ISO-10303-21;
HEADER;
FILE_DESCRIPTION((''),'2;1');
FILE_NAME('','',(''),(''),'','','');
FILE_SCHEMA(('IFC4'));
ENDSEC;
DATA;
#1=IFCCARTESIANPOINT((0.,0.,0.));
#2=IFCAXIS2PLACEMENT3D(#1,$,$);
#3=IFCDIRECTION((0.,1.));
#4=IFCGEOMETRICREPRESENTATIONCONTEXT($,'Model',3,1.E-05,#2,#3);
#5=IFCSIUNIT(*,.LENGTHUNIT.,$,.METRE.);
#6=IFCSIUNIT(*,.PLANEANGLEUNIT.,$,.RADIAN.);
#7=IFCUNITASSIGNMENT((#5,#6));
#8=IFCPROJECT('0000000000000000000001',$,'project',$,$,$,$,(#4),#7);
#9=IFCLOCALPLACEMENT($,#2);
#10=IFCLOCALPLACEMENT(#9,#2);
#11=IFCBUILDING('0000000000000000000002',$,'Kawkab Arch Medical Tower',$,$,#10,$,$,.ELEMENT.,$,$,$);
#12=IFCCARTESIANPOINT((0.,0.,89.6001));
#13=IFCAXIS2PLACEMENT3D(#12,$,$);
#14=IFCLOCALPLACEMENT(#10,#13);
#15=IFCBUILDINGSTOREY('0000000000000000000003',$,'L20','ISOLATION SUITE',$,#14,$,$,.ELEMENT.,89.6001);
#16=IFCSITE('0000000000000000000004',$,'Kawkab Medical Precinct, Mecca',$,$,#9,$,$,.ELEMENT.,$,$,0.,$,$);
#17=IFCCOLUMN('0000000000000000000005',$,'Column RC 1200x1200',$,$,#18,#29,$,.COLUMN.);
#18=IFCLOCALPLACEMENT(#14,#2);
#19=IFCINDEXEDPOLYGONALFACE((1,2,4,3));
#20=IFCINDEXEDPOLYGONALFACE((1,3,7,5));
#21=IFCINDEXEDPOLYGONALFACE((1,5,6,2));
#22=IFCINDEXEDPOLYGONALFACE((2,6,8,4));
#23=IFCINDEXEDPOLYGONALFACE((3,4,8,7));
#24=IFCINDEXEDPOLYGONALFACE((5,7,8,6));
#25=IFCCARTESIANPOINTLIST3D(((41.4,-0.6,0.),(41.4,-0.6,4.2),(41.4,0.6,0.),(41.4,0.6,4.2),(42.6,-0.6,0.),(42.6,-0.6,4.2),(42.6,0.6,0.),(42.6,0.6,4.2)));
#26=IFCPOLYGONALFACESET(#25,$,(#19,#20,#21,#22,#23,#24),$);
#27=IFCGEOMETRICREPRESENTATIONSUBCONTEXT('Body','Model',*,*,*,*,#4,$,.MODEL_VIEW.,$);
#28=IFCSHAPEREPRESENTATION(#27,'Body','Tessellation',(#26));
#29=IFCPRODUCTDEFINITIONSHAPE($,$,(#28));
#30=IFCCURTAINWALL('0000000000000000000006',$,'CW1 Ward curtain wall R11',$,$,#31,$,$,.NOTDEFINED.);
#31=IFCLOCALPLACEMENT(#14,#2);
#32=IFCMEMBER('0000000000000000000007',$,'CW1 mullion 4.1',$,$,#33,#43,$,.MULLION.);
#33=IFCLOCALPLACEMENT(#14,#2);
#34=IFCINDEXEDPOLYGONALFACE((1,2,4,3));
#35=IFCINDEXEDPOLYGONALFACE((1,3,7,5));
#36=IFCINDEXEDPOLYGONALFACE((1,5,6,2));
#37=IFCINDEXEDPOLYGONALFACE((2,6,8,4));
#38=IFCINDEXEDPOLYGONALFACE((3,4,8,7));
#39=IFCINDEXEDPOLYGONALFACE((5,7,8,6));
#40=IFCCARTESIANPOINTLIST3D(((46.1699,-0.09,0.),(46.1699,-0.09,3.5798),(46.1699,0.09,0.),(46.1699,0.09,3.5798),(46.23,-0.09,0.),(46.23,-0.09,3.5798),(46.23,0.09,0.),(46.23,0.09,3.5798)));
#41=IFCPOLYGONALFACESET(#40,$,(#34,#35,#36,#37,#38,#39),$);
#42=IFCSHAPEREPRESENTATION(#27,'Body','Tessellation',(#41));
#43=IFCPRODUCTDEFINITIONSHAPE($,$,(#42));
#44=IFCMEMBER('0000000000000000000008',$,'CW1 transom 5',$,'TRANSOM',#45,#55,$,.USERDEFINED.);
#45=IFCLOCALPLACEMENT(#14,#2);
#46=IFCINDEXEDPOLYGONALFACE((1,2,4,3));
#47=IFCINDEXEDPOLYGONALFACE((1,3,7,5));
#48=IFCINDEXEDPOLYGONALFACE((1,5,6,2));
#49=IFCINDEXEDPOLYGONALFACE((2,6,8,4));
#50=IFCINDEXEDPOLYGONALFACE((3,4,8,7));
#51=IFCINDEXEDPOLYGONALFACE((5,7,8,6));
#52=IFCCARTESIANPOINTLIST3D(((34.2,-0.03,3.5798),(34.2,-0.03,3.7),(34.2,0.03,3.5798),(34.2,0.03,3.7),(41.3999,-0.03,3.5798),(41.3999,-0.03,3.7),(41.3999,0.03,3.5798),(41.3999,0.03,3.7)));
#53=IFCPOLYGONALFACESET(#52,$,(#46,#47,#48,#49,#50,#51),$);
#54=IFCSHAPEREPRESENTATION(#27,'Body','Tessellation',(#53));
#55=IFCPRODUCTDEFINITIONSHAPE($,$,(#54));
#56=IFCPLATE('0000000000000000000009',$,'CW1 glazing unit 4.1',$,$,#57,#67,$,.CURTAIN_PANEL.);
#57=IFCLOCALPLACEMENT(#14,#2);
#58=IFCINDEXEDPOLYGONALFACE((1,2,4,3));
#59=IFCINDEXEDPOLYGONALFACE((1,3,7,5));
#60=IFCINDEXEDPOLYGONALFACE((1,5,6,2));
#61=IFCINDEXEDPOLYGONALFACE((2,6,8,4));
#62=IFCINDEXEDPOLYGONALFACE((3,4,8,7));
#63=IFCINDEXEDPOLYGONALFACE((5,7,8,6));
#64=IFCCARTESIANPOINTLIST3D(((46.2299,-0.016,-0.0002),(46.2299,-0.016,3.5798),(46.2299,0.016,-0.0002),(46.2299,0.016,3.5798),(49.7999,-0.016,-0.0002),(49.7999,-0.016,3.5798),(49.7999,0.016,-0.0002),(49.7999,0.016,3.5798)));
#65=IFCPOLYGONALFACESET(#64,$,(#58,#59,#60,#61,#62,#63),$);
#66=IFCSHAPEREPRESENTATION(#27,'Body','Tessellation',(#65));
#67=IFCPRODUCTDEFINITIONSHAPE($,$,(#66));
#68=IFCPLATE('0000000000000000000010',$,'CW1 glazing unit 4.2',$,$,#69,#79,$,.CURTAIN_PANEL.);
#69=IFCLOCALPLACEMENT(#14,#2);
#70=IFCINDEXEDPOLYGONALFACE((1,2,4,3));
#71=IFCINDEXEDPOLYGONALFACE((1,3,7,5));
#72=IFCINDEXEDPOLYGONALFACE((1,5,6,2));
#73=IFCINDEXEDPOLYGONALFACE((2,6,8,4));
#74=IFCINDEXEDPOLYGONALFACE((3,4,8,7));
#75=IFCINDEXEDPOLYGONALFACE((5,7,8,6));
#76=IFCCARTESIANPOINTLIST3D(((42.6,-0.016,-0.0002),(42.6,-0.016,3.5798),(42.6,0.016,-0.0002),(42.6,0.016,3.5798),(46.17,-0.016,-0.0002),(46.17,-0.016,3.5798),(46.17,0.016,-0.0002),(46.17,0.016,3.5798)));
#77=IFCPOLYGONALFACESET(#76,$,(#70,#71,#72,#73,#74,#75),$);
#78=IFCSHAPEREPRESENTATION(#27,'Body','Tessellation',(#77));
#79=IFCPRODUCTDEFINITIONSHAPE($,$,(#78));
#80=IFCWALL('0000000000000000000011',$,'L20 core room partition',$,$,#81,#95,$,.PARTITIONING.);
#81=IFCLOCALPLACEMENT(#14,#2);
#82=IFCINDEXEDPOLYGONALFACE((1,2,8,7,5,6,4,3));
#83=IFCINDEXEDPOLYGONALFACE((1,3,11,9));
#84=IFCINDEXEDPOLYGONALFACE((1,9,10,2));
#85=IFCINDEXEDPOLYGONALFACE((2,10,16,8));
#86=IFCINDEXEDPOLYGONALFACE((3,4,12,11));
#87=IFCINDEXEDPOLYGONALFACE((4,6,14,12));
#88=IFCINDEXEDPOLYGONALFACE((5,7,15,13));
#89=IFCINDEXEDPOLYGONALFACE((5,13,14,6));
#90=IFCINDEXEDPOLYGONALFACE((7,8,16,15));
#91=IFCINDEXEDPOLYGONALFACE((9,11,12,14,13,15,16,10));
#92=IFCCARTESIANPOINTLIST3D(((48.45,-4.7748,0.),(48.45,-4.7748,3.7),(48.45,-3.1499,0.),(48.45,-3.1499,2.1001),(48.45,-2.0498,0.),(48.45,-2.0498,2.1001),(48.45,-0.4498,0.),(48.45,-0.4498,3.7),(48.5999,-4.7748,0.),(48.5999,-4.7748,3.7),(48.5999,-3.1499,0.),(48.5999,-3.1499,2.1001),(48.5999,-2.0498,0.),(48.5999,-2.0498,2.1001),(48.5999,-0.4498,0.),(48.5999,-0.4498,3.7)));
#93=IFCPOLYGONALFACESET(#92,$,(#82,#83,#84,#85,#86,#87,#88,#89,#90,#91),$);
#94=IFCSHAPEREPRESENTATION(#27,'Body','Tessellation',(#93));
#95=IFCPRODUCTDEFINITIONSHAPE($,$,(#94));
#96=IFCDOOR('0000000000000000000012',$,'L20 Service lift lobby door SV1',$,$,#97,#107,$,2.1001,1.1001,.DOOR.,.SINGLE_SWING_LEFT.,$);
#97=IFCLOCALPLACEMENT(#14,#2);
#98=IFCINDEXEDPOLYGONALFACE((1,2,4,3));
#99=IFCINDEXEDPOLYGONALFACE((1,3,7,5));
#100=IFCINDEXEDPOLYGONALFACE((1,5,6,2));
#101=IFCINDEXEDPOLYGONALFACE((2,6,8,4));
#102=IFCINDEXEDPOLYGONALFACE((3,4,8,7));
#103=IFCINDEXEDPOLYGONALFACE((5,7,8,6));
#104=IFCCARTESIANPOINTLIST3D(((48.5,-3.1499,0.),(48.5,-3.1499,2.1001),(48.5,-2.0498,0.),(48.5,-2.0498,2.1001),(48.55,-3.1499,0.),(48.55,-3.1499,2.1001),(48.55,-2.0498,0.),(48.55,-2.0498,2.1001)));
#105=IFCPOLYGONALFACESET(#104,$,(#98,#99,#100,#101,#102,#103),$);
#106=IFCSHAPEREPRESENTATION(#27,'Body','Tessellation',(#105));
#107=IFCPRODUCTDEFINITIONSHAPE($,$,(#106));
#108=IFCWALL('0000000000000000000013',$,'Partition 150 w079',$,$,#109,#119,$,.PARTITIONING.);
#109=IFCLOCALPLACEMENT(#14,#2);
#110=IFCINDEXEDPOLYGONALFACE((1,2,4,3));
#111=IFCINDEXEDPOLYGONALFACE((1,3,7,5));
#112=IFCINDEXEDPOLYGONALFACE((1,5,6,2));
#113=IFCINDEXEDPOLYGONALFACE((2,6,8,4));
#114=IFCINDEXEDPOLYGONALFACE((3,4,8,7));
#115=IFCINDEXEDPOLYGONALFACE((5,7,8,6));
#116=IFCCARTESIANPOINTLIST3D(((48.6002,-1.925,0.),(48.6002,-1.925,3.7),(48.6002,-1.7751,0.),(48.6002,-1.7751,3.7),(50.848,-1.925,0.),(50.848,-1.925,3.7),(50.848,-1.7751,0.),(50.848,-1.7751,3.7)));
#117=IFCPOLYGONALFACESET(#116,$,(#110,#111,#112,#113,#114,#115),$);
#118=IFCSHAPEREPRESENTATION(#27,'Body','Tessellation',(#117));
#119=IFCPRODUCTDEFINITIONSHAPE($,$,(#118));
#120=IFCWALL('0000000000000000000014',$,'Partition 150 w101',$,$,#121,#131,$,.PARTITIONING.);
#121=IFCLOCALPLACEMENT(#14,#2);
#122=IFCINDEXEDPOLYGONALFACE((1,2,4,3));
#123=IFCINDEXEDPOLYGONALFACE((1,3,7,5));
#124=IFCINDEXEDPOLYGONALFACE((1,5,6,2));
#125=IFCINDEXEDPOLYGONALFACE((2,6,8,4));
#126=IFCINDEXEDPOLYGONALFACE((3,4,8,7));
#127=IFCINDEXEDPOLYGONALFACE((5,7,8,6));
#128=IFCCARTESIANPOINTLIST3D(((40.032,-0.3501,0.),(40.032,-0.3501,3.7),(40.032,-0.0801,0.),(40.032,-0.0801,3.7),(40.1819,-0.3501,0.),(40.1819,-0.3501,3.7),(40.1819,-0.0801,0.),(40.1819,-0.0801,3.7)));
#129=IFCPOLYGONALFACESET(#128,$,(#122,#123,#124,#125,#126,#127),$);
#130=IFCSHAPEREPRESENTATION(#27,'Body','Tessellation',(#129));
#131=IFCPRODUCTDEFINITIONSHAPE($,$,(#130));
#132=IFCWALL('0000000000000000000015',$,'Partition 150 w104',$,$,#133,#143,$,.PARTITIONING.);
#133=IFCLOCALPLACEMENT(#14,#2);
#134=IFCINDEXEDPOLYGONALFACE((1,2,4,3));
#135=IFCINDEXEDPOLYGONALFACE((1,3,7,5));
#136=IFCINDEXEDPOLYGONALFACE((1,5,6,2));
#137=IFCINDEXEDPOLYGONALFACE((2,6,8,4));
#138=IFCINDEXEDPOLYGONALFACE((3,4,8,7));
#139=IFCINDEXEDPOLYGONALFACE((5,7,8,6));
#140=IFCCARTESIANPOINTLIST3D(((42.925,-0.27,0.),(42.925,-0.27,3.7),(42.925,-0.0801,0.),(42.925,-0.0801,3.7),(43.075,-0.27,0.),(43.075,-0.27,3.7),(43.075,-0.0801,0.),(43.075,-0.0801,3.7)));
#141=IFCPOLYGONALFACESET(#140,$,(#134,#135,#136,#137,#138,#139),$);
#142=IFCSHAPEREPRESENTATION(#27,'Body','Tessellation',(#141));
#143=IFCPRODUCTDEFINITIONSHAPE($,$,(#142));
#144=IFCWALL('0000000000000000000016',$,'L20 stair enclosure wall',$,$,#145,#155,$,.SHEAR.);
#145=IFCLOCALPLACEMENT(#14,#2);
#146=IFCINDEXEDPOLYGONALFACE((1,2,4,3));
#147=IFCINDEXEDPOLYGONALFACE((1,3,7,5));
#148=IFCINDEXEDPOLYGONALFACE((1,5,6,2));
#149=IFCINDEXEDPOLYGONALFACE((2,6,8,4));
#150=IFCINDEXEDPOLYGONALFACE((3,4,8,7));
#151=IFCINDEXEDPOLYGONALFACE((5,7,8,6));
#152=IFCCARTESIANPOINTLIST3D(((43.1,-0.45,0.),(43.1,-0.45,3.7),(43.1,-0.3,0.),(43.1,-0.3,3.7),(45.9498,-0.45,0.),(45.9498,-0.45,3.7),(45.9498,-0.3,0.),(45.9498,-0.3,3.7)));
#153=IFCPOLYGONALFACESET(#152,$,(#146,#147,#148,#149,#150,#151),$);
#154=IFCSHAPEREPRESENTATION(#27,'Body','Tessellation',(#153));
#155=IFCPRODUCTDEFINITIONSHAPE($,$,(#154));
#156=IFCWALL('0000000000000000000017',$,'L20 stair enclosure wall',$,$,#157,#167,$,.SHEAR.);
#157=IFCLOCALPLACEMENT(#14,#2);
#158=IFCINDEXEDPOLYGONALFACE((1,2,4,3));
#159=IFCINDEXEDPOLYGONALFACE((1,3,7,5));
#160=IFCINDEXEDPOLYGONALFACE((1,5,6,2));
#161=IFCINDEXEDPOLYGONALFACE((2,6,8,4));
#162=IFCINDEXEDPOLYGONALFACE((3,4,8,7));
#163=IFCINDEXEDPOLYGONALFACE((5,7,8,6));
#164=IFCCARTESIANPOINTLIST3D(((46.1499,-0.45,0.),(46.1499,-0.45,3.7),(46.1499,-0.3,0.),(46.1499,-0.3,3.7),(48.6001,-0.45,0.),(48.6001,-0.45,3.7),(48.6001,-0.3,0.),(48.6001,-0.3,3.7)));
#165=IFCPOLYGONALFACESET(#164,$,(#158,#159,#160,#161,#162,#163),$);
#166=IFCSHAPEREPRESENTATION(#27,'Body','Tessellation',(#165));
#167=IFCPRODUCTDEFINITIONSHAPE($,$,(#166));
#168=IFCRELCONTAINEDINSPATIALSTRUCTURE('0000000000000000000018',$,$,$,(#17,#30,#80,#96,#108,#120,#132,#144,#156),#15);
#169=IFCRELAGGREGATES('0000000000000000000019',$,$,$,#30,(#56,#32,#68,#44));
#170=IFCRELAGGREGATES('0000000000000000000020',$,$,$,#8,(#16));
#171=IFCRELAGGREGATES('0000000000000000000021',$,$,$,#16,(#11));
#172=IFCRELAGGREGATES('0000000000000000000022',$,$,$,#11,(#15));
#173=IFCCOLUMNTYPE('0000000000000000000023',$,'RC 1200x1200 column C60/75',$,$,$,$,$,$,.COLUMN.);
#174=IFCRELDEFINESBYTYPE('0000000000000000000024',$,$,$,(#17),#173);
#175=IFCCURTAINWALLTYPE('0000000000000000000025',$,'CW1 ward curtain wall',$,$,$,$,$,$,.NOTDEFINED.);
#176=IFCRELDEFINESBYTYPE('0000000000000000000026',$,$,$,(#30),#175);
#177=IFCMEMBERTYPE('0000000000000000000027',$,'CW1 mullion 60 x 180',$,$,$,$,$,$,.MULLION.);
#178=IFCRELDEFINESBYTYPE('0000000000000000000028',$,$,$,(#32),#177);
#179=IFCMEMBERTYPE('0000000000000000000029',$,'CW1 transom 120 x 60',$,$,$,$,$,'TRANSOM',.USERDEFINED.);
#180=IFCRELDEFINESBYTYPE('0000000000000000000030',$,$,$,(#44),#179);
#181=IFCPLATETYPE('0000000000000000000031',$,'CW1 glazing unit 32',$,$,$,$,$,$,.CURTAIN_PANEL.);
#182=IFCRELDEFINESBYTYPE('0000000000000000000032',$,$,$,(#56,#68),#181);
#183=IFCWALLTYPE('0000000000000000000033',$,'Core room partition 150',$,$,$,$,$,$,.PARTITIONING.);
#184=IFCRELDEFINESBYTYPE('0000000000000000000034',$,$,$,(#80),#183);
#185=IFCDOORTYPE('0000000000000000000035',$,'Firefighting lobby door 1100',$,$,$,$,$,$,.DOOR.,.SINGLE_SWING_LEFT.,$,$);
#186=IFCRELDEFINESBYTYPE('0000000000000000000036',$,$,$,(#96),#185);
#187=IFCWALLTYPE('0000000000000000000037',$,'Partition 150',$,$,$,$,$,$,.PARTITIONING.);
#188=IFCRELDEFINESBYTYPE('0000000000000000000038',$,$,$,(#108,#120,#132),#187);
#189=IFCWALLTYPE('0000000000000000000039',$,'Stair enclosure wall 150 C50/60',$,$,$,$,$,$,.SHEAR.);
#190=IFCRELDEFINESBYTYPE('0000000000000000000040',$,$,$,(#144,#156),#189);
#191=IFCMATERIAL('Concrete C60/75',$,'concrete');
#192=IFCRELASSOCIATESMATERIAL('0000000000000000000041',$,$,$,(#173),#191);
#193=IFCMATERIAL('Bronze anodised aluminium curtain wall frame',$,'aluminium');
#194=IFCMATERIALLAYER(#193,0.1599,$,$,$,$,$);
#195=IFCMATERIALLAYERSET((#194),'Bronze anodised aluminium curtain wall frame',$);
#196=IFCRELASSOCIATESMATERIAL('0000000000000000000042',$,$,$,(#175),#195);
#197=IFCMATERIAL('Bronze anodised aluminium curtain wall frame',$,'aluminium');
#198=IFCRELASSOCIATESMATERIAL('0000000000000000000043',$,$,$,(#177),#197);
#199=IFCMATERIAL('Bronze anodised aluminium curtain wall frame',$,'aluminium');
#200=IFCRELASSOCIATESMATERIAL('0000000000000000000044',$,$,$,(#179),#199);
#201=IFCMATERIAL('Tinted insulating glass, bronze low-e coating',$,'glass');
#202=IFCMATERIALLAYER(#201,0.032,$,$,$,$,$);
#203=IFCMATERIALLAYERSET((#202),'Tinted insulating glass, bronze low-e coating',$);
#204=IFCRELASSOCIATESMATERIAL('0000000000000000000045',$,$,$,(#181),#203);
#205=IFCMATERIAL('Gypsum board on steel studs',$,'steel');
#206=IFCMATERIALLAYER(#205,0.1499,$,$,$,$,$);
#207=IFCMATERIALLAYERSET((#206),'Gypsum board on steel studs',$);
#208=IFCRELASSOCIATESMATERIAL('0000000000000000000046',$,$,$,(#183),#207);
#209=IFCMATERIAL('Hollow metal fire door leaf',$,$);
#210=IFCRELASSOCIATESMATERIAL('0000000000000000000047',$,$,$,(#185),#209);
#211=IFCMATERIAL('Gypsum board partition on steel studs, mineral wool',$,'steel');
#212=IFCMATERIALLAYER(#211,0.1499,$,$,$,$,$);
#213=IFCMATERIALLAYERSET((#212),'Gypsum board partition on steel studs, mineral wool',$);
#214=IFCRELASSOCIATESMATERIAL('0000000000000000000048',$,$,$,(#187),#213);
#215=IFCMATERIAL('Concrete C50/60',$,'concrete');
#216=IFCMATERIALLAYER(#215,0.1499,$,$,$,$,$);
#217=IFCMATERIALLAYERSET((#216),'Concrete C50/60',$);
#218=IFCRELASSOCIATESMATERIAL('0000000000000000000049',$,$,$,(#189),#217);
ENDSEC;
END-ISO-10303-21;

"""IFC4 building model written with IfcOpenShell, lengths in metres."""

from ifc_helpers import new_model, si_unit, direction, frame, frame_2d, origin, origin_2d, place, context, subcontext, project, spatial, rectangle, extrude, material, layer, layer_set, material_profile, profile_set, type_object, element, fill, aggregate, save


model = new_model("IFC4")

# Units and contexts
model_context = context("Model", 3, precision=1e-05, world=origin(), true_north=direction((0.0, 1.0)))
body_context = subcontext(model_context, "Body", "Model", "MODEL_VIEW")
ifc_project = project(units=[si_unit("LENGTHUNIT", "METRE"), si_unit("PLANEANGLEUNIT", "RADIAN")], contexts=[model_context])

# Site, building, storey
site_placement = place(None, origin())
site = spatial("IfcSite", under=ifc_project, at=site_placement, Name="Kawkab Medical Precinct, Mecca", CompositionType="ELEMENT", RefElevation=0.0)
building_placement = place(site_placement, origin())
building = spatial("IfcBuilding", under=site, at=building_placement, Name="Kawkab Arch Medical Tower", CompositionType="ELEMENT")
storey_placement = place(building_placement, frame((0.0, 0.0, 89.6001)))
storey = spatial("IfcBuildingStorey", under=building, at=storey_placement, Name="L20", Description="ISOLATION SUITE", CompositionType="ELEMENT", Elevation=89.6001)

# Column
ifc_material_1 = material(Name="Concrete C60/75", Category="concrete")
ifc_material_profile_1 = material_profile(ifc_material_1, rectangle(XDim=1.2, YDim=1.2, at=origin_2d()), Name="RC 1200x1200")
ifc_profile_set_1 = profile_set([ifc_material_profile_1], Name="Concrete C60/75")
column_type = type_object("IfcColumnType", Name="RC 1200x1200 column C60/75", PredefinedType="COLUMN", material=ifc_profile_set_1)
column_placement = place(storey_placement, frame((42.0, 0.0, 0.0), z_axis=(0.0, 0.0, 1.0), x_axis=(1.0, 0.0, 0.0)))
element("IfcColumn", 1, at=column_placement, inside=storey, type_object=column_type, Name="Column RC 1200x1200", PredefinedType="COLUMN", context=body_context, shape_type="SweptSolid", body=[
    extrude(rectangle(XDim=1.2, YDim=1.2, at=origin_2d()), origin(), (0.0, 0.0, 1.0), 4.2),
])

# Curtain wall, members, plates
ifc_material_2 = material(Name="Bronze anodised aluminium curtain wall frame", Category="aluminium")
ifc_layer_1 = layer(ifc_material_2, 0.1599)
ifc_layer_set_1 = layer_set([ifc_layer_1], Name="Bronze anodised aluminium curtain wall frame")
curtain_wall_type = type_object("IfcCurtainWallType", Name="CW1 ward curtain wall", PredefinedType="NOTDEFINED", material=ifc_layer_set_1)
placement = place(storey_placement, origin())
curtain_wall = element("IfcCurtainWall", 2, at=placement, inside=storey, type_object=curtain_wall_type, Name="CW1 Ward curtain wall R11", PredefinedType="NOTDEFINED")
ifc_material_3 = material(Name="Bronze anodised aluminium curtain wall frame", Category="aluminium")
ifc_material_profile_2 = material_profile(ifc_material_3, rectangle(XDim=0.1799, YDim=0.0601, at=origin_2d()), Name="AL 60x180")
ifc_profile_set_2 = profile_set([ifc_material_profile_2], Name="Bronze anodised aluminium curtain wall frame")
member_type_1 = type_object("IfcMemberType", Name="CW1 mullion 60 x 180", PredefinedType="MULLION", material=ifc_profile_set_2)
member_1_placement = place(storey_placement, frame((46.2, 0.0, 0.0), z_axis=(0.0, 0.0, 1.0), x_axis=(0.0, -1.0, 0.0)))
member_1 = element("IfcMember", 3, at=member_1_placement, type_object=member_type_1, Name="CW1 mullion 4.1", PredefinedType="MULLION", context=body_context, shape_type="SweptSolid", body=[
    extrude(rectangle(XDim=0.1799, YDim=0.0601, at=origin_2d()), origin(), (0.0, 0.0, 1.0), 3.5798),
])
ifc_material_4 = material(Name="Bronze anodised aluminium curtain wall frame", Category="aluminium")
ifc_material_profile_3 = material_profile(ifc_material_4, rectangle(XDim=0.0601, YDim=0.1201, at=origin_2d()), Name="AL 60x120")
ifc_profile_set_3 = profile_set([ifc_material_profile_3], Name="Bronze anodised aluminium curtain wall frame")
member_type_2 = type_object("IfcMemberType", Name="CW1 transom 120 x 60", ElementType="TRANSOM", PredefinedType="USERDEFINED", material=ifc_profile_set_3)
member_2_placement = place(storey_placement, frame((41.3999, 0.0, 3.6399), z_axis=(-1.0, 0.0, 0.0), x_axis=(0.0, -1.0, 0.0)))
member_2 = element("IfcMember", 4, at=member_2_placement, type_object=member_type_2, Name="CW1 transom 5", ObjectType="TRANSOM", PredefinedType="USERDEFINED", context=body_context, shape_type="SweptSolid", body=[
    extrude(rectangle(XDim=0.0601, YDim=0.1201, at=origin_2d()), origin(), (0.0, 0.0, 1.0), 7.2),
])
ifc_material_5 = material(Name="Tinted insulating glass, bronze low-e coating", Category="glass")
ifc_layer_2 = layer(ifc_material_5, 0.032)
ifc_layer_set_2 = layer_set([ifc_layer_2], Name="Tinted insulating glass, bronze low-e coating")
plate_type = type_object("IfcPlateType", Name="CW1 glazing unit 32", PredefinedType="CURTAIN_PANEL", material=ifc_layer_set_2)
plate_1_placement = place(storey_placement, frame((48.0149, 0.0, -0.0002), z_axis=(0.0, 0.0, 1.0), x_axis=(-1.0, 0.0, 0.0)))
plate_1 = element("IfcPlate", 5, at=plate_1_placement, type_object=plate_type, Name="CW1 glazing unit 4.1", PredefinedType="CURTAIN_PANEL", context=body_context, shape_type="SweptSolid", body=[
    extrude(rectangle(XDim=3.5701, YDim=0.032, at=origin_2d()), origin(), (0.0, 0.0, 1.0), 3.5801),
])
plate_2_placement = place(storey_placement, frame((44.385, 0.0, -0.0002), z_axis=(0.0, 0.0, 1.0), x_axis=(-1.0, 0.0, 0.0)))
plate_2 = element("IfcPlate", 6, at=plate_2_placement, type_object=plate_type, Name="CW1 glazing unit 4.2", PredefinedType="CURTAIN_PANEL", context=body_context, shape_type="SweptSolid", body=[
    extrude(rectangle(XDim=3.5701, YDim=0.032, at=origin_2d()), origin(), (0.0, 0.0, 1.0), 3.5801),
])
aggregate(curtain_wall, [plate_1, member_1, plate_2, member_2])

# Wall, opening, door
ifc_material_6 = material(Name="Gypsum board on steel studs", Category="steel")
ifc_layer_3 = layer(ifc_material_6, 0.1499)
ifc_layer_set_3 = layer_set([ifc_layer_3], Name="Gypsum board on steel studs")
wall_type_1 = type_object("IfcWallType", Name="Core room partition 150", PredefinedType="PARTITIONING", material=ifc_layer_set_3)
wall_1_placement = place(storey_placement, frame((48.5249, -4.7749, 0.0), z_axis=(0.0, 0.0, 1.0), x_axis=(0.0, 1.0, 0.0)))
wall_1 = element("IfcWall", 7, at=wall_1_placement, inside=storey, type_object=wall_type_1, Name="L20 core room partition", PredefinedType="PARTITIONING", context=body_context, shape_type="SweptSolid", body=[
    extrude(rectangle(XDim=4.325, YDim=0.1499, at=frame_2d((2.1626, 0.0))), origin(), (0.0, 0.0, 1.0), 3.7),
])
opening_placement = place(wall_1_placement, frame((1.625, 0.0, 0.0)))
opening = element("IfcOpeningElement", 8, at=opening_placement, cuts=wall_1, PredefinedType="OPENING", context=body_context, shape_type="SweptSolid", body=[
    extrude(rectangle(XDim=1.1001, YDim=2.1001, at=frame_2d((0.55, 1.05))), frame((0.0, 0.085, 0.0), z_axis=(0.0, -1.0, 0.0), x_axis=(1.0, 0.0, 0.0)), (0.0, 0.0, 1.0), 0.1699),
])
ifc_material_7 = material(Name="Hollow metal fire door leaf")
door_type = type_object("IfcDoorType", Name="Firefighting lobby door 1100", OperationType="SINGLE_SWING_LEFT", PredefinedType="DOOR", material=ifc_material_7)
door_placement = place(opening_placement, origin())
door = element("IfcDoor", 9, at=door_placement, inside=storey, type_object=door_type, Name="L20 Service lift lobby door SV1", OperationType="SINGLE_SWING_LEFT", OverallHeight=2.1001, OverallWidth=1.1001, PredefinedType="DOOR", context=body_context, shape_type="SweptSolid", body=[
    extrude(rectangle(XDim=1.1001, YDim=2.1001, at=frame_2d((0.55, 1.05))), frame((0.0, 0.0249, 0.0), z_axis=(0.0, -1.0, 0.0), x_axis=(1.0, 0.0, 0.0)), (0.0, 0.0, 1.0), 0.05),
])
fill(opening, door)

# Walls
ifc_material_8 = material(Name="Gypsum board partition on steel studs, mineral wool", Category="steel")
ifc_layer_4 = layer(ifc_material_8, 0.1499)
ifc_layer_set_4 = layer_set([ifc_layer_4], Name="Gypsum board partition on steel studs, mineral wool")
wall_type_2 = type_object("IfcWallType", Name="Partition 150", PredefinedType="PARTITIONING", material=ifc_layer_set_4)
wall_2_placement = place(storey_placement, frame((48.6001, -1.8501, 0.0), z_axis=(0.0, 0.0, 1.0), x_axis=(1.0, 0.0, 0.0)))
element("IfcWall", 10, at=wall_2_placement, inside=storey, type_object=wall_type_2, Name="Partition 150 w079", PredefinedType="PARTITIONING", context=body_context, shape_type="SweptSolid", body=[
    extrude(rectangle(XDim=2.2478, YDim=0.1499, at=frame_2d((1.124, 0.0))), origin(), (0.0, 0.0, 1.0), 3.7),
])
wall_3_placement = place(storey_placement, frame((40.1069, -0.3501, 0.0), z_axis=(0.0, 0.0, 1.0), x_axis=(0.0, 1.0, 0.0)))
element("IfcWall", 11, at=wall_3_placement, inside=storey, type_object=wall_type_2, Name="Partition 150 w101", PredefinedType="PARTITIONING", context=body_context, shape_type="SweptSolid", body=[
    extrude(rectangle(XDim=0.27, YDim=0.1499, at=frame_2d((0.135, 0.0))), origin(), (0.0, 0.0, 1.0), 3.7),
])
wall_4_placement = place(storey_placement, frame((43.0, -0.27, 0.0), z_axis=(0.0, 0.0, 1.0), x_axis=(0.0, 1.0, 0.0)))
element("IfcWall", 12, at=wall_4_placement, inside=storey, type_object=wall_type_2, Name="Partition 150 w104", PredefinedType="PARTITIONING", context=body_context, shape_type="SweptSolid", body=[
    extrude(rectangle(XDim=0.1899, YDim=0.1499, at=frame_2d((0.095, 0.0))), origin(), (0.0, 0.0, 1.0), 3.7),
])
ifc_material_9 = material(Name="Concrete C50/60", Category="concrete")
ifc_layer_5 = layer(ifc_material_9, 0.1499)
ifc_layer_set_5 = layer_set([ifc_layer_5], Name="Concrete C50/60")
wall_type_3 = type_object("IfcWallType", Name="Stair enclosure wall 150 C50/60", PredefinedType="SHEAR", material=ifc_layer_set_5)
wall_5_placement = place(storey_placement, frame((43.1001, -0.375, 0.0), z_axis=(0.0, 0.0, 1.0), x_axis=(1.0, 0.0, 0.0)))
element("IfcWall", 13, at=wall_5_placement, inside=storey, type_object=wall_type_3, Name="L20 stair enclosure wall", PredefinedType="SHEAR", context=body_context, shape_type="SweptSolid", body=[
    extrude(rectangle(XDim=2.8499, YDim=0.1499, at=frame_2d((1.4248, 0.0))), origin(), (0.0, 0.0, 1.0), 3.7),
])
wall_6_placement = place(storey_placement, frame((46.1499, -0.375, 0.0), z_axis=(0.0, 0.0, 1.0), x_axis=(1.0, 0.0, 0.0)))
element("IfcWall", 14, at=wall_6_placement, inside=storey, type_object=wall_type_3, Name="L20 stair enclosure wall", PredefinedType="SHEAR", context=body_context, shape_type="SweptSolid", body=[
    extrude(rectangle(XDim=2.4502, YDim=0.1499, at=frame_2d((1.2251, 0.0))), origin(), (0.0, 0.0, 1.0), 3.7),
])

save(model, "model.ifc")
